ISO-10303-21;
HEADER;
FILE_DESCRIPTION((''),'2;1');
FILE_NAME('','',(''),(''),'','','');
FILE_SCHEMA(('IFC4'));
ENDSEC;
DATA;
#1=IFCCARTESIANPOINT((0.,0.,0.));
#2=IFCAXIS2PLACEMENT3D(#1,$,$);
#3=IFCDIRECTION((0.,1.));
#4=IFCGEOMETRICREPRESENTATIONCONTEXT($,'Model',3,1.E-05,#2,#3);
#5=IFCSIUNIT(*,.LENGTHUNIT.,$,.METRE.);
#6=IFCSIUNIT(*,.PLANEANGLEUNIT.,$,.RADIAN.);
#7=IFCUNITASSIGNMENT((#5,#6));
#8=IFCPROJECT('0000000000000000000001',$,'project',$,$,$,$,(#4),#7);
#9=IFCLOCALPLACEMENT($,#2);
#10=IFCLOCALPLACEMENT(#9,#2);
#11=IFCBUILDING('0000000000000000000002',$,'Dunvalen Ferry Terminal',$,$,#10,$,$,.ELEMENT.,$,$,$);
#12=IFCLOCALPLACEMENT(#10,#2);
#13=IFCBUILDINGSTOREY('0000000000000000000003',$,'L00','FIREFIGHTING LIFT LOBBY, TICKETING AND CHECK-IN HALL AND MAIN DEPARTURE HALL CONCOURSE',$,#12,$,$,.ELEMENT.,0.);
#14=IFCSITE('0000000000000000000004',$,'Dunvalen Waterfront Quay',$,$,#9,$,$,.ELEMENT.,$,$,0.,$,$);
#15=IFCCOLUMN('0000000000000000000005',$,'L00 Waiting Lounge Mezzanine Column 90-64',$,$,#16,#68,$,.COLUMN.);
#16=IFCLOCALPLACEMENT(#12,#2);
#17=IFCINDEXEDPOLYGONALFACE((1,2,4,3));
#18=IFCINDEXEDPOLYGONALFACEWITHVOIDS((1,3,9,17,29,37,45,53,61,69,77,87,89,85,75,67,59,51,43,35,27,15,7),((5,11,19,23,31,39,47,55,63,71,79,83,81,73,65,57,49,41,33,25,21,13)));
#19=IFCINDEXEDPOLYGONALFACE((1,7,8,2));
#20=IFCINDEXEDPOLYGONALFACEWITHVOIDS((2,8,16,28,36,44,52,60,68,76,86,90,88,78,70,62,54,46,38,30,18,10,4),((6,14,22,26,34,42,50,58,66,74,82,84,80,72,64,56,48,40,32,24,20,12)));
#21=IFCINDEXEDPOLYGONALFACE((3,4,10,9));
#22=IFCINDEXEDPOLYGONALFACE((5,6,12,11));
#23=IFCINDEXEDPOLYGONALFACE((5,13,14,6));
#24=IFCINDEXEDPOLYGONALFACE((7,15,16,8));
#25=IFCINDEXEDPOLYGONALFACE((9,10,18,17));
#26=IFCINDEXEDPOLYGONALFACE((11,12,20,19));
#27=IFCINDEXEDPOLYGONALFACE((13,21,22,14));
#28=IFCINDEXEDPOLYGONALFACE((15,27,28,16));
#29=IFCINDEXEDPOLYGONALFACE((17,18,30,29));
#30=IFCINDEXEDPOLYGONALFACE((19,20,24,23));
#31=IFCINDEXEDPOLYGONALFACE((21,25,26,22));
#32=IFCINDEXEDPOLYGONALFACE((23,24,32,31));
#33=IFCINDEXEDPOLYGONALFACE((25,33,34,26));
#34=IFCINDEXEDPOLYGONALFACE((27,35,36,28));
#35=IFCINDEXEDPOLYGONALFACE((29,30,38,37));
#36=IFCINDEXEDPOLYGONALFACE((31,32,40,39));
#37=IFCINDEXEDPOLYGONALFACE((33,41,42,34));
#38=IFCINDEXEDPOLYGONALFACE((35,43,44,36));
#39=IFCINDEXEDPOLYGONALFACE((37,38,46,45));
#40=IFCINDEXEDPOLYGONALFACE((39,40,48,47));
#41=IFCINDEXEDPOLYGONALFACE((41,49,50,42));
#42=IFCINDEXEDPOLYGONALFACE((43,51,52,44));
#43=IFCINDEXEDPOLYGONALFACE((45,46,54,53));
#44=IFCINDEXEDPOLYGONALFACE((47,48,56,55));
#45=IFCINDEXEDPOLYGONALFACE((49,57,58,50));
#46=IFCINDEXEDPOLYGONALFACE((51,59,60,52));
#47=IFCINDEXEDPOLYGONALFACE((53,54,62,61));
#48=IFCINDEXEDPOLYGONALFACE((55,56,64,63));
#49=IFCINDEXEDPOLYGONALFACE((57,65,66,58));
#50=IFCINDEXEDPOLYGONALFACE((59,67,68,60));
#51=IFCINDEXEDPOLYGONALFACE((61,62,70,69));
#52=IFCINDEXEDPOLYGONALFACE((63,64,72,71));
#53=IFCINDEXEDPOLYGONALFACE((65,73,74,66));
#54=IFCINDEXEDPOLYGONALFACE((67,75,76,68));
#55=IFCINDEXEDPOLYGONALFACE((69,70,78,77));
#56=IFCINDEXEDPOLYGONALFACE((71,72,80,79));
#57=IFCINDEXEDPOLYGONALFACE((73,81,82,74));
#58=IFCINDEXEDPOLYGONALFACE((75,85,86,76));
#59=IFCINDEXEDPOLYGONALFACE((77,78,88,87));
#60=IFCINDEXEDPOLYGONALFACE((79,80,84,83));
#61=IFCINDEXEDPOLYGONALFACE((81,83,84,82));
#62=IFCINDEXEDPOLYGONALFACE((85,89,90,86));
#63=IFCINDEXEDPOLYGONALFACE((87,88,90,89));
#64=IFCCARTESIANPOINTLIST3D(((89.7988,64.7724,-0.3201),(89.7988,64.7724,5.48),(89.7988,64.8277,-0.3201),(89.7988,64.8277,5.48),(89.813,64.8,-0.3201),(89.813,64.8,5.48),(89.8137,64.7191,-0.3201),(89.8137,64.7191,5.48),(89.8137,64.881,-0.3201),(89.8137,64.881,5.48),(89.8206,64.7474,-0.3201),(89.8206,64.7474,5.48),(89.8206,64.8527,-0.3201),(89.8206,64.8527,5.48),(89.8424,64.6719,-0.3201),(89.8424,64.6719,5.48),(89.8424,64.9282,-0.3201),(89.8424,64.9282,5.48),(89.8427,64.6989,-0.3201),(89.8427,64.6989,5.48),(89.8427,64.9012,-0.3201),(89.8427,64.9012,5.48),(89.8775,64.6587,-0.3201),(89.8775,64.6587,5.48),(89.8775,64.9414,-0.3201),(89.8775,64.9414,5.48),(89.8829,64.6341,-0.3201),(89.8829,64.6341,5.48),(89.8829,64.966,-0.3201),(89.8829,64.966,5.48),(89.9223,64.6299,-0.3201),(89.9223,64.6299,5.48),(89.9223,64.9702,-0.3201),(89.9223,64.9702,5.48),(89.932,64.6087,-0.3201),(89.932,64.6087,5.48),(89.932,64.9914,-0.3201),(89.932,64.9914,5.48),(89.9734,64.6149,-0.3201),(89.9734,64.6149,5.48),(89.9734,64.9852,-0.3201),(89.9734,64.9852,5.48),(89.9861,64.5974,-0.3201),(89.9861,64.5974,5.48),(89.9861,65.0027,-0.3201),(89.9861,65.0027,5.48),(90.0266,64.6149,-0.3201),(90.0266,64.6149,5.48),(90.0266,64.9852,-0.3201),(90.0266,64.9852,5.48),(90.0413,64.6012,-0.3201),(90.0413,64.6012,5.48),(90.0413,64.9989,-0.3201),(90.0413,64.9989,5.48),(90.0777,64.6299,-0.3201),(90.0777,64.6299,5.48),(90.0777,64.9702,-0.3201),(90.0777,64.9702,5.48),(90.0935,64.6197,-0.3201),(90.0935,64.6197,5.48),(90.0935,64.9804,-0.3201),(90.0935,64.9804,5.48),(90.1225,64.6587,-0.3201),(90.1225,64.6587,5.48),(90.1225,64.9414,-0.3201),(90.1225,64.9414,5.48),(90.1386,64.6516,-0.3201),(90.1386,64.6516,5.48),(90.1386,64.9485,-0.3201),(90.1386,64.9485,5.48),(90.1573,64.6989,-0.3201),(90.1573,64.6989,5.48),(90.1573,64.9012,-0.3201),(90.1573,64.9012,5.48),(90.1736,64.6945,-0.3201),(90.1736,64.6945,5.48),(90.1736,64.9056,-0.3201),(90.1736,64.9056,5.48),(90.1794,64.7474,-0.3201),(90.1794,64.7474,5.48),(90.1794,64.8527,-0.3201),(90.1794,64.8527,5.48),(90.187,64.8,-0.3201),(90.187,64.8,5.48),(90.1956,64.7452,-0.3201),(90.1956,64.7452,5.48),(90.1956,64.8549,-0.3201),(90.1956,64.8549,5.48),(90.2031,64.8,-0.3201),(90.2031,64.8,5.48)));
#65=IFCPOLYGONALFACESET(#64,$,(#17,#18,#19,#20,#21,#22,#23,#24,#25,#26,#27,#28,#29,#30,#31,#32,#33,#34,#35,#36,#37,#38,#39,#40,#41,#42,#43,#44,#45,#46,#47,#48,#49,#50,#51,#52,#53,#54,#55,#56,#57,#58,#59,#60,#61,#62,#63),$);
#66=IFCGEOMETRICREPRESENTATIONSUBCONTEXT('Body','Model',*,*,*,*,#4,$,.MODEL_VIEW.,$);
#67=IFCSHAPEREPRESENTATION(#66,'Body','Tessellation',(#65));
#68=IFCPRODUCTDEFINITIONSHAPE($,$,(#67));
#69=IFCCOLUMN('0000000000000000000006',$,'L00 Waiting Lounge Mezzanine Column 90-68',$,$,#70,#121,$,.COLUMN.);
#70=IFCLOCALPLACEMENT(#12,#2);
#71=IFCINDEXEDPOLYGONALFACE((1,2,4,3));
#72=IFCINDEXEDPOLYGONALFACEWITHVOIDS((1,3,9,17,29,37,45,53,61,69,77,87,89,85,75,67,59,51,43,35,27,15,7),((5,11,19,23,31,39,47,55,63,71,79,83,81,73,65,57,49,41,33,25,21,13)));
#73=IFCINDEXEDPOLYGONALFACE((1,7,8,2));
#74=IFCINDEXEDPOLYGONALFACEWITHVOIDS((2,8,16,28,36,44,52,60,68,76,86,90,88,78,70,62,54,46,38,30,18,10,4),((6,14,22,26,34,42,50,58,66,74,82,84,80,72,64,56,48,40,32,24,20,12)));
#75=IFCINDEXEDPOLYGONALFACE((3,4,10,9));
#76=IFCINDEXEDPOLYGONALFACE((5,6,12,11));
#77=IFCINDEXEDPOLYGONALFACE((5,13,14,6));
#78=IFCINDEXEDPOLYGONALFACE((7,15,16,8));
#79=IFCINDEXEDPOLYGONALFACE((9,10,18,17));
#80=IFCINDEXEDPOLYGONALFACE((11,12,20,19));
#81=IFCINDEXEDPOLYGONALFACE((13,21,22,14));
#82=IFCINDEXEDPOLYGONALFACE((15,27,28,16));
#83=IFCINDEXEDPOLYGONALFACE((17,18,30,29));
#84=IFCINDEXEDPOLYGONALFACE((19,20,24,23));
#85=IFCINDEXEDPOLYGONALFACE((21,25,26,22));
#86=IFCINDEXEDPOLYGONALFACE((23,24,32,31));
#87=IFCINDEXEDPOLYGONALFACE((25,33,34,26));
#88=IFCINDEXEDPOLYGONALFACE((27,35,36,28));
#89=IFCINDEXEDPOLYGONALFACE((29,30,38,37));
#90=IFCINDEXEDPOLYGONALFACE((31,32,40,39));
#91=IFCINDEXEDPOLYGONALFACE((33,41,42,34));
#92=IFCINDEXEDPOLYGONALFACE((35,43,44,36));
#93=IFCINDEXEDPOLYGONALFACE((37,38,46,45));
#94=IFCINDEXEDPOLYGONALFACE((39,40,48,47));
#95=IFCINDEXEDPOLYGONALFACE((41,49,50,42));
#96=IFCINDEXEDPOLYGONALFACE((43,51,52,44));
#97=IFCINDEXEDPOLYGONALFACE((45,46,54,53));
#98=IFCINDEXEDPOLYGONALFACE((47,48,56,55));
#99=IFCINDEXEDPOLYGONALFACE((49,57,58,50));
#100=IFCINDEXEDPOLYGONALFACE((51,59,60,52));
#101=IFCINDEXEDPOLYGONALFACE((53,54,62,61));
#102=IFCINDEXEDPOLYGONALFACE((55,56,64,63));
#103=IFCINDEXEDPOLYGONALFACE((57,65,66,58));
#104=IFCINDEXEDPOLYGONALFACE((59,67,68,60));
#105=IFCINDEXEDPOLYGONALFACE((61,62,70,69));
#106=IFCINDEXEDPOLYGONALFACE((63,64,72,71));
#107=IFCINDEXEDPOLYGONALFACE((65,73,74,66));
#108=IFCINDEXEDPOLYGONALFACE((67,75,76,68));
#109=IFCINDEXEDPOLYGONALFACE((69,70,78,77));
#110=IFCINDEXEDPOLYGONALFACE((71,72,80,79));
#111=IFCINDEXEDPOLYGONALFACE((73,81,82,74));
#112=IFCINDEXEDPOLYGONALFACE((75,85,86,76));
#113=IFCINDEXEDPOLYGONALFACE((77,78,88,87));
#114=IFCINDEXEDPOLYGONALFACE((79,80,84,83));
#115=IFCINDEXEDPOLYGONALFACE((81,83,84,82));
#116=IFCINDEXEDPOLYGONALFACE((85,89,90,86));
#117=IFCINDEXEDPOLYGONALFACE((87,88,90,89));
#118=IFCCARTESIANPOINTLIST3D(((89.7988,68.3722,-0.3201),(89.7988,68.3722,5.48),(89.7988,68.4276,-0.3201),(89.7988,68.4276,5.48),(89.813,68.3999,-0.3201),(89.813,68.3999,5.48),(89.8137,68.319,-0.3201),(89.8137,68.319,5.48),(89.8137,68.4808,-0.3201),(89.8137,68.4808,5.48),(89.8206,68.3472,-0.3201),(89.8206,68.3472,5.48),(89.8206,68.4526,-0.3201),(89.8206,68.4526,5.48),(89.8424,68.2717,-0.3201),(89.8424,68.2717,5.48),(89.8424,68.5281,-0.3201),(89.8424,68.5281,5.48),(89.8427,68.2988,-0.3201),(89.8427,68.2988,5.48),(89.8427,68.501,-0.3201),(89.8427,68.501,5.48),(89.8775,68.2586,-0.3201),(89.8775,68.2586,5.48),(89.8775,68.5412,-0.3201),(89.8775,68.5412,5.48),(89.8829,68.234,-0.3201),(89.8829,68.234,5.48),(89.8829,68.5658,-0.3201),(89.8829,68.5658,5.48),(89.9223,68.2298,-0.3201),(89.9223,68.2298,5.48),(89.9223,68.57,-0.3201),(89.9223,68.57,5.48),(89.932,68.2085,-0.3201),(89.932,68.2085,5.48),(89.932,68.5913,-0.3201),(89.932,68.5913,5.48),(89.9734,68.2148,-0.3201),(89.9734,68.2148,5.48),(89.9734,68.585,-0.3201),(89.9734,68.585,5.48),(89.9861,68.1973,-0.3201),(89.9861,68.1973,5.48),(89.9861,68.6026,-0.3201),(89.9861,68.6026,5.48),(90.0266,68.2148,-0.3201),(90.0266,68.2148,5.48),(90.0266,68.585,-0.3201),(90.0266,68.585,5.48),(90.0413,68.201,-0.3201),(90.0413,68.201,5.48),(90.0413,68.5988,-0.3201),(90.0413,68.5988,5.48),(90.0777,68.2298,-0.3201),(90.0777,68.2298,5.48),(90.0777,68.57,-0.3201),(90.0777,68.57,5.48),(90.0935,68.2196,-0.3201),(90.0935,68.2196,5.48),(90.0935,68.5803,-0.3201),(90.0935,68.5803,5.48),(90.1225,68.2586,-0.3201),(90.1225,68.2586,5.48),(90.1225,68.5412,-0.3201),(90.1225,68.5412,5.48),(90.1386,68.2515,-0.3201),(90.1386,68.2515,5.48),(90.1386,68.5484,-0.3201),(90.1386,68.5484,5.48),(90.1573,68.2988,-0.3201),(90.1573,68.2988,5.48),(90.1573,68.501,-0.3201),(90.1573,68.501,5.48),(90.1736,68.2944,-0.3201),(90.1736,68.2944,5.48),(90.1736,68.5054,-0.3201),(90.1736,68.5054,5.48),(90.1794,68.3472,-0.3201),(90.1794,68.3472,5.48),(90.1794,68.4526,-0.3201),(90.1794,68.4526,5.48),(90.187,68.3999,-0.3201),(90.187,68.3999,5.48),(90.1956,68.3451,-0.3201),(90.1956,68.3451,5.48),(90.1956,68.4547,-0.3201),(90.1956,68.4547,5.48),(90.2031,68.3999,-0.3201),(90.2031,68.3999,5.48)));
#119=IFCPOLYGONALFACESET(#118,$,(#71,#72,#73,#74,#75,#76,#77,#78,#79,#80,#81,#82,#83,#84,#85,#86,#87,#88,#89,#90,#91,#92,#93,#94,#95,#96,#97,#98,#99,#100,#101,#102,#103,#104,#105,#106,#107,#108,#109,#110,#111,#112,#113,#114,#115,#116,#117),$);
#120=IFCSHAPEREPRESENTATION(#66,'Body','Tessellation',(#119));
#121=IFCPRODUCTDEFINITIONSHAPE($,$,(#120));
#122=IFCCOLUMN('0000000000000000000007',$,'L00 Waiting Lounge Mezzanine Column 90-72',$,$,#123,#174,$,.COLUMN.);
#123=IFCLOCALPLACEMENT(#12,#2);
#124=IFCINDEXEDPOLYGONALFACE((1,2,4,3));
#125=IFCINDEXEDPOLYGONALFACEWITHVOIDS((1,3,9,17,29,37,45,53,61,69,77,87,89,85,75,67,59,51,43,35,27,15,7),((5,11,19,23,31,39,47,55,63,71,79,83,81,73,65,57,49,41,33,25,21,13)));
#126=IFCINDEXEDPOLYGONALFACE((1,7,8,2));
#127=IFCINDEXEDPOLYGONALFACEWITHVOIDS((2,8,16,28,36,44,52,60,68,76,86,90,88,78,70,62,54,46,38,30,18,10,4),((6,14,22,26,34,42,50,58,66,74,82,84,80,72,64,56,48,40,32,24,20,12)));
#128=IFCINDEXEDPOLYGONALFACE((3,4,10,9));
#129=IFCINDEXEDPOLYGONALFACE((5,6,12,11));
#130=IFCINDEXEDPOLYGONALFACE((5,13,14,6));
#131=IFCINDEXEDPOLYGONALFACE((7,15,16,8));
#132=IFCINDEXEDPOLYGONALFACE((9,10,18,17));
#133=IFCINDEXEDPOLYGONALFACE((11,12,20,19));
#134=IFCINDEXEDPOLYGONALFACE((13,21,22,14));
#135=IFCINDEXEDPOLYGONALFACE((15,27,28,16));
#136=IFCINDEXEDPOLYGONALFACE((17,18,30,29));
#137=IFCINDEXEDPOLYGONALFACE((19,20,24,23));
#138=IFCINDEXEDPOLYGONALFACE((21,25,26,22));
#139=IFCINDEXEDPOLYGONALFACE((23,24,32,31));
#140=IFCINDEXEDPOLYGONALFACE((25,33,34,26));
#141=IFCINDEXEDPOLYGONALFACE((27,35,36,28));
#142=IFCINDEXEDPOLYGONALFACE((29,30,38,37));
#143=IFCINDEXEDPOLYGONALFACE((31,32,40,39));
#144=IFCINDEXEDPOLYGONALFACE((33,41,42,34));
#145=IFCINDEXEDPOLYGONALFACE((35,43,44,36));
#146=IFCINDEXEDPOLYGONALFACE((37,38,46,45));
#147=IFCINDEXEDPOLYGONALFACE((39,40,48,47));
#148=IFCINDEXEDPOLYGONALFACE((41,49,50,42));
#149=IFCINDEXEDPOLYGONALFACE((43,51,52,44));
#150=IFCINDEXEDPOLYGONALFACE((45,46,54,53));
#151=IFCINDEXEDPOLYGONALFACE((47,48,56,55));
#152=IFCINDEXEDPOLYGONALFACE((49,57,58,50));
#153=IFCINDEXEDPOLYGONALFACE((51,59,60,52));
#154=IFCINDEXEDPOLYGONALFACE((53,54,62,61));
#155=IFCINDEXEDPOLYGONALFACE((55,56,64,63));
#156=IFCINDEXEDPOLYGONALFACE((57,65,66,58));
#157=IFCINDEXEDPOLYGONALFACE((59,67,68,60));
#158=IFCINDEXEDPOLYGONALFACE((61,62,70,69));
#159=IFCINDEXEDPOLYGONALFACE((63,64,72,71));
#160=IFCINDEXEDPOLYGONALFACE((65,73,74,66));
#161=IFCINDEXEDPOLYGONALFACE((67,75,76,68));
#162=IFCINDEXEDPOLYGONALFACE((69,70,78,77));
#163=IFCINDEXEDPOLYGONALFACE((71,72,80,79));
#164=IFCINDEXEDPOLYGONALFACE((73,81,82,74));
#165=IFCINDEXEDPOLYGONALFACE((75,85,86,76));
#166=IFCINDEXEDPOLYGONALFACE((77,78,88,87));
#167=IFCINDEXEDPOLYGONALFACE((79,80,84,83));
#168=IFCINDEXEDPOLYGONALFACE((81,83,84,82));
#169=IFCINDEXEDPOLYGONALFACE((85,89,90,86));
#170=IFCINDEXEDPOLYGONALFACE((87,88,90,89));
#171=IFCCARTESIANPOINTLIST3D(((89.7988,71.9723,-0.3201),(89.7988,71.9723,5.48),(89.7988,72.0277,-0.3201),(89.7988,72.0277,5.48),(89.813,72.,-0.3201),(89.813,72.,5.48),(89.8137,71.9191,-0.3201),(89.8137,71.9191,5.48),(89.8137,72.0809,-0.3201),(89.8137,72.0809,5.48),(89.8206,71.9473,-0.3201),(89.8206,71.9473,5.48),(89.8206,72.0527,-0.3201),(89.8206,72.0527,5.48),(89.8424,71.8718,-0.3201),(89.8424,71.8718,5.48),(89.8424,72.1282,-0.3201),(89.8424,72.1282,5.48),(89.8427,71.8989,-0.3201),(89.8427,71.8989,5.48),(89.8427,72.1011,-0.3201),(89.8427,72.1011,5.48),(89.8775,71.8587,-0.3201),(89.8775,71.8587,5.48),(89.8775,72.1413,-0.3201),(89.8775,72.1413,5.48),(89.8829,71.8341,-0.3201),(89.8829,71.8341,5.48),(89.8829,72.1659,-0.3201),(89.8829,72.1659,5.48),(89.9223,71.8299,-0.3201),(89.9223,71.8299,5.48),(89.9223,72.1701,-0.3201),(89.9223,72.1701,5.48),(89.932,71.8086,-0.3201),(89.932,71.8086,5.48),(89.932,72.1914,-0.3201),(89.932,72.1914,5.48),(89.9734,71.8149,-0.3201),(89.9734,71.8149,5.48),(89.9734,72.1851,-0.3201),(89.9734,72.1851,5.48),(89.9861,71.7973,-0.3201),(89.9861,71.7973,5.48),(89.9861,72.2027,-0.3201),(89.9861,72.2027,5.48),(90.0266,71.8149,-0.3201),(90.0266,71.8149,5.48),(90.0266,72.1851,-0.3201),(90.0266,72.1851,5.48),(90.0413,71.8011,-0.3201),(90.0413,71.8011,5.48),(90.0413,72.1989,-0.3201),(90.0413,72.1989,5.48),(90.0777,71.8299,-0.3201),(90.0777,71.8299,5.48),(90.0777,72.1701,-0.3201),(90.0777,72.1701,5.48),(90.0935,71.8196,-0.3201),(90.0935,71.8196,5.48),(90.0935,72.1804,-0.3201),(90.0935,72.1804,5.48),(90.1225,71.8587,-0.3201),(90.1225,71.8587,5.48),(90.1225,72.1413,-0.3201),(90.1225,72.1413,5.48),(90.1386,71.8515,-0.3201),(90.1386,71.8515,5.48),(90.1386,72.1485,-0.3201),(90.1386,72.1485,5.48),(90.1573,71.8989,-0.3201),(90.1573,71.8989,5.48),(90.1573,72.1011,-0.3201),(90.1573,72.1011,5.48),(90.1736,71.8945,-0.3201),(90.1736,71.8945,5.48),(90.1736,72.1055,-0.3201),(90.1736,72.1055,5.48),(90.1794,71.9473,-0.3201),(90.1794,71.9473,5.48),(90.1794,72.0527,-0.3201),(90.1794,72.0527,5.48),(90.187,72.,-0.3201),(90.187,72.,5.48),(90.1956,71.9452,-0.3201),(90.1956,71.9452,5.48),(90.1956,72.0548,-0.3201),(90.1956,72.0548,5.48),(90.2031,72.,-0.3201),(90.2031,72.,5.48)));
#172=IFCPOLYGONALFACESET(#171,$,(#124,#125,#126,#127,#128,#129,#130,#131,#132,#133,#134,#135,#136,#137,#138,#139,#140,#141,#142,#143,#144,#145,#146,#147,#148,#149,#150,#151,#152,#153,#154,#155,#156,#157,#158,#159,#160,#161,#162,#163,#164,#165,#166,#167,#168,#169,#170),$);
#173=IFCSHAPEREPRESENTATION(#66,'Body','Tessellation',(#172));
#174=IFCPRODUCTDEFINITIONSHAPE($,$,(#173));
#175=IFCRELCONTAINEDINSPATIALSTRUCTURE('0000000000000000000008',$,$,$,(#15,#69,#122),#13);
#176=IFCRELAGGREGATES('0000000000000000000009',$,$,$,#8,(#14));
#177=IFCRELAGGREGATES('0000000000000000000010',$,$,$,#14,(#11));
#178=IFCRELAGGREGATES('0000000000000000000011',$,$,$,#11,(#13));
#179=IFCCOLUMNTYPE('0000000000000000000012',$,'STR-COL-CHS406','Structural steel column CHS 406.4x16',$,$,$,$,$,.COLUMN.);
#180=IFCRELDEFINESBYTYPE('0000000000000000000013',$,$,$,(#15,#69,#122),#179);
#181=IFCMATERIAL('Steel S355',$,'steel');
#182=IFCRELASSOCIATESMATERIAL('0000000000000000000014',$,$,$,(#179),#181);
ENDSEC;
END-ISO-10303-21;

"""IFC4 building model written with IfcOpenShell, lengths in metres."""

from ifc_helpers import new_model, si_unit, direction, frame, origin, origin_2d, place, context, subcontext, project, spatial, hollow_circle, extrude, material, material_profile, profile_set, type_object, element, save


model = new_model("IFC4")

# Units and contexts
model_context = context("Model", 3, precision=1e-05, world=origin(), true_north=direction((0.0, 1.0)))
body_context = subcontext(model_context, "Body", "Model", "MODEL_VIEW")
ifc_project = project(units=[si_unit("LENGTHUNIT", "METRE"), si_unit("PLANEANGLEUNIT", "RADIAN")], contexts=[model_context])

# Site, building, storey
site_placement = place(None, origin())
site = spatial("IfcSite", under=ifc_project, at=site_placement, Name="Dunvalen Waterfront Quay", CompositionType="ELEMENT", RefElevation=0.0)
building_placement = place(site_placement, origin())
building = spatial("IfcBuilding", under=site, at=building_placement, Name="Dunvalen Ferry Terminal", CompositionType="ELEMENT")
storey_placement = place(building_placement, origin())
storey = spatial("IfcBuildingStorey", under=building, at=storey_placement, Name="L00", Description="FIREFIGHTING LIFT LOBBY, TICKETING AND CHECK-IN HALL AND MAIN DEPARTURE HALL CONCOURSE", CompositionType="ELEMENT", Elevation=0.0)

# Columns
ifc_material_1 = material(Name="Steel S355", Category="steel")
ifc_material_profile_1 = material_profile(ifc_material_1, hollow_circle(Radius=0.2031, WallThickness=0.0161, at=origin_2d()), Name="Steel S355")
ifc_profile_set_1 = profile_set([ifc_material_profile_1], Name="Steel S355")
column_type_1 = type_object("IfcColumnType", Name="STR-COL-CHS406", Description="Structural steel column CHS 406.4x16", PredefinedType="COLUMN", material=ifc_profile_set_1)
for number, where, z_axis, x_axis, name in (
    (1, (90.0, 64.8, -0.3201), (0.0, 0.0, 1.0), (1.0, 0.0, 0.0), "L00 Waiting Lounge Mezzanine Column 90-64"),
    (2, (90.0, 68.3999, -0.3201), (0.0, 0.0, 1.0), (1.0, 0.0, 0.0), "L00 Waiting Lounge Mezzanine Column 90-68"),
    (3, (90.0, 72.0, -0.3201), (0.0, 0.0, 1.0), (1.0, 0.0, 0.0), "L00 Waiting Lounge Mezzanine Column 90-72"),
):
    element("IfcColumn", number, at=place(storey_placement, frame(where, z_axis=z_axis, x_axis=x_axis)), inside=storey, type_object=column_type_1, Name=name, PredefinedType="COLUMN", context=body_context, shape_type="SweptSolid", body=[
        extrude(hollow_circle(Radius=0.2031, WallThickness=0.0161, at=origin_2d()), origin(), (0.0, 0.0, 1.0), 5.8),
    ])

save(model, "model.ifc")
